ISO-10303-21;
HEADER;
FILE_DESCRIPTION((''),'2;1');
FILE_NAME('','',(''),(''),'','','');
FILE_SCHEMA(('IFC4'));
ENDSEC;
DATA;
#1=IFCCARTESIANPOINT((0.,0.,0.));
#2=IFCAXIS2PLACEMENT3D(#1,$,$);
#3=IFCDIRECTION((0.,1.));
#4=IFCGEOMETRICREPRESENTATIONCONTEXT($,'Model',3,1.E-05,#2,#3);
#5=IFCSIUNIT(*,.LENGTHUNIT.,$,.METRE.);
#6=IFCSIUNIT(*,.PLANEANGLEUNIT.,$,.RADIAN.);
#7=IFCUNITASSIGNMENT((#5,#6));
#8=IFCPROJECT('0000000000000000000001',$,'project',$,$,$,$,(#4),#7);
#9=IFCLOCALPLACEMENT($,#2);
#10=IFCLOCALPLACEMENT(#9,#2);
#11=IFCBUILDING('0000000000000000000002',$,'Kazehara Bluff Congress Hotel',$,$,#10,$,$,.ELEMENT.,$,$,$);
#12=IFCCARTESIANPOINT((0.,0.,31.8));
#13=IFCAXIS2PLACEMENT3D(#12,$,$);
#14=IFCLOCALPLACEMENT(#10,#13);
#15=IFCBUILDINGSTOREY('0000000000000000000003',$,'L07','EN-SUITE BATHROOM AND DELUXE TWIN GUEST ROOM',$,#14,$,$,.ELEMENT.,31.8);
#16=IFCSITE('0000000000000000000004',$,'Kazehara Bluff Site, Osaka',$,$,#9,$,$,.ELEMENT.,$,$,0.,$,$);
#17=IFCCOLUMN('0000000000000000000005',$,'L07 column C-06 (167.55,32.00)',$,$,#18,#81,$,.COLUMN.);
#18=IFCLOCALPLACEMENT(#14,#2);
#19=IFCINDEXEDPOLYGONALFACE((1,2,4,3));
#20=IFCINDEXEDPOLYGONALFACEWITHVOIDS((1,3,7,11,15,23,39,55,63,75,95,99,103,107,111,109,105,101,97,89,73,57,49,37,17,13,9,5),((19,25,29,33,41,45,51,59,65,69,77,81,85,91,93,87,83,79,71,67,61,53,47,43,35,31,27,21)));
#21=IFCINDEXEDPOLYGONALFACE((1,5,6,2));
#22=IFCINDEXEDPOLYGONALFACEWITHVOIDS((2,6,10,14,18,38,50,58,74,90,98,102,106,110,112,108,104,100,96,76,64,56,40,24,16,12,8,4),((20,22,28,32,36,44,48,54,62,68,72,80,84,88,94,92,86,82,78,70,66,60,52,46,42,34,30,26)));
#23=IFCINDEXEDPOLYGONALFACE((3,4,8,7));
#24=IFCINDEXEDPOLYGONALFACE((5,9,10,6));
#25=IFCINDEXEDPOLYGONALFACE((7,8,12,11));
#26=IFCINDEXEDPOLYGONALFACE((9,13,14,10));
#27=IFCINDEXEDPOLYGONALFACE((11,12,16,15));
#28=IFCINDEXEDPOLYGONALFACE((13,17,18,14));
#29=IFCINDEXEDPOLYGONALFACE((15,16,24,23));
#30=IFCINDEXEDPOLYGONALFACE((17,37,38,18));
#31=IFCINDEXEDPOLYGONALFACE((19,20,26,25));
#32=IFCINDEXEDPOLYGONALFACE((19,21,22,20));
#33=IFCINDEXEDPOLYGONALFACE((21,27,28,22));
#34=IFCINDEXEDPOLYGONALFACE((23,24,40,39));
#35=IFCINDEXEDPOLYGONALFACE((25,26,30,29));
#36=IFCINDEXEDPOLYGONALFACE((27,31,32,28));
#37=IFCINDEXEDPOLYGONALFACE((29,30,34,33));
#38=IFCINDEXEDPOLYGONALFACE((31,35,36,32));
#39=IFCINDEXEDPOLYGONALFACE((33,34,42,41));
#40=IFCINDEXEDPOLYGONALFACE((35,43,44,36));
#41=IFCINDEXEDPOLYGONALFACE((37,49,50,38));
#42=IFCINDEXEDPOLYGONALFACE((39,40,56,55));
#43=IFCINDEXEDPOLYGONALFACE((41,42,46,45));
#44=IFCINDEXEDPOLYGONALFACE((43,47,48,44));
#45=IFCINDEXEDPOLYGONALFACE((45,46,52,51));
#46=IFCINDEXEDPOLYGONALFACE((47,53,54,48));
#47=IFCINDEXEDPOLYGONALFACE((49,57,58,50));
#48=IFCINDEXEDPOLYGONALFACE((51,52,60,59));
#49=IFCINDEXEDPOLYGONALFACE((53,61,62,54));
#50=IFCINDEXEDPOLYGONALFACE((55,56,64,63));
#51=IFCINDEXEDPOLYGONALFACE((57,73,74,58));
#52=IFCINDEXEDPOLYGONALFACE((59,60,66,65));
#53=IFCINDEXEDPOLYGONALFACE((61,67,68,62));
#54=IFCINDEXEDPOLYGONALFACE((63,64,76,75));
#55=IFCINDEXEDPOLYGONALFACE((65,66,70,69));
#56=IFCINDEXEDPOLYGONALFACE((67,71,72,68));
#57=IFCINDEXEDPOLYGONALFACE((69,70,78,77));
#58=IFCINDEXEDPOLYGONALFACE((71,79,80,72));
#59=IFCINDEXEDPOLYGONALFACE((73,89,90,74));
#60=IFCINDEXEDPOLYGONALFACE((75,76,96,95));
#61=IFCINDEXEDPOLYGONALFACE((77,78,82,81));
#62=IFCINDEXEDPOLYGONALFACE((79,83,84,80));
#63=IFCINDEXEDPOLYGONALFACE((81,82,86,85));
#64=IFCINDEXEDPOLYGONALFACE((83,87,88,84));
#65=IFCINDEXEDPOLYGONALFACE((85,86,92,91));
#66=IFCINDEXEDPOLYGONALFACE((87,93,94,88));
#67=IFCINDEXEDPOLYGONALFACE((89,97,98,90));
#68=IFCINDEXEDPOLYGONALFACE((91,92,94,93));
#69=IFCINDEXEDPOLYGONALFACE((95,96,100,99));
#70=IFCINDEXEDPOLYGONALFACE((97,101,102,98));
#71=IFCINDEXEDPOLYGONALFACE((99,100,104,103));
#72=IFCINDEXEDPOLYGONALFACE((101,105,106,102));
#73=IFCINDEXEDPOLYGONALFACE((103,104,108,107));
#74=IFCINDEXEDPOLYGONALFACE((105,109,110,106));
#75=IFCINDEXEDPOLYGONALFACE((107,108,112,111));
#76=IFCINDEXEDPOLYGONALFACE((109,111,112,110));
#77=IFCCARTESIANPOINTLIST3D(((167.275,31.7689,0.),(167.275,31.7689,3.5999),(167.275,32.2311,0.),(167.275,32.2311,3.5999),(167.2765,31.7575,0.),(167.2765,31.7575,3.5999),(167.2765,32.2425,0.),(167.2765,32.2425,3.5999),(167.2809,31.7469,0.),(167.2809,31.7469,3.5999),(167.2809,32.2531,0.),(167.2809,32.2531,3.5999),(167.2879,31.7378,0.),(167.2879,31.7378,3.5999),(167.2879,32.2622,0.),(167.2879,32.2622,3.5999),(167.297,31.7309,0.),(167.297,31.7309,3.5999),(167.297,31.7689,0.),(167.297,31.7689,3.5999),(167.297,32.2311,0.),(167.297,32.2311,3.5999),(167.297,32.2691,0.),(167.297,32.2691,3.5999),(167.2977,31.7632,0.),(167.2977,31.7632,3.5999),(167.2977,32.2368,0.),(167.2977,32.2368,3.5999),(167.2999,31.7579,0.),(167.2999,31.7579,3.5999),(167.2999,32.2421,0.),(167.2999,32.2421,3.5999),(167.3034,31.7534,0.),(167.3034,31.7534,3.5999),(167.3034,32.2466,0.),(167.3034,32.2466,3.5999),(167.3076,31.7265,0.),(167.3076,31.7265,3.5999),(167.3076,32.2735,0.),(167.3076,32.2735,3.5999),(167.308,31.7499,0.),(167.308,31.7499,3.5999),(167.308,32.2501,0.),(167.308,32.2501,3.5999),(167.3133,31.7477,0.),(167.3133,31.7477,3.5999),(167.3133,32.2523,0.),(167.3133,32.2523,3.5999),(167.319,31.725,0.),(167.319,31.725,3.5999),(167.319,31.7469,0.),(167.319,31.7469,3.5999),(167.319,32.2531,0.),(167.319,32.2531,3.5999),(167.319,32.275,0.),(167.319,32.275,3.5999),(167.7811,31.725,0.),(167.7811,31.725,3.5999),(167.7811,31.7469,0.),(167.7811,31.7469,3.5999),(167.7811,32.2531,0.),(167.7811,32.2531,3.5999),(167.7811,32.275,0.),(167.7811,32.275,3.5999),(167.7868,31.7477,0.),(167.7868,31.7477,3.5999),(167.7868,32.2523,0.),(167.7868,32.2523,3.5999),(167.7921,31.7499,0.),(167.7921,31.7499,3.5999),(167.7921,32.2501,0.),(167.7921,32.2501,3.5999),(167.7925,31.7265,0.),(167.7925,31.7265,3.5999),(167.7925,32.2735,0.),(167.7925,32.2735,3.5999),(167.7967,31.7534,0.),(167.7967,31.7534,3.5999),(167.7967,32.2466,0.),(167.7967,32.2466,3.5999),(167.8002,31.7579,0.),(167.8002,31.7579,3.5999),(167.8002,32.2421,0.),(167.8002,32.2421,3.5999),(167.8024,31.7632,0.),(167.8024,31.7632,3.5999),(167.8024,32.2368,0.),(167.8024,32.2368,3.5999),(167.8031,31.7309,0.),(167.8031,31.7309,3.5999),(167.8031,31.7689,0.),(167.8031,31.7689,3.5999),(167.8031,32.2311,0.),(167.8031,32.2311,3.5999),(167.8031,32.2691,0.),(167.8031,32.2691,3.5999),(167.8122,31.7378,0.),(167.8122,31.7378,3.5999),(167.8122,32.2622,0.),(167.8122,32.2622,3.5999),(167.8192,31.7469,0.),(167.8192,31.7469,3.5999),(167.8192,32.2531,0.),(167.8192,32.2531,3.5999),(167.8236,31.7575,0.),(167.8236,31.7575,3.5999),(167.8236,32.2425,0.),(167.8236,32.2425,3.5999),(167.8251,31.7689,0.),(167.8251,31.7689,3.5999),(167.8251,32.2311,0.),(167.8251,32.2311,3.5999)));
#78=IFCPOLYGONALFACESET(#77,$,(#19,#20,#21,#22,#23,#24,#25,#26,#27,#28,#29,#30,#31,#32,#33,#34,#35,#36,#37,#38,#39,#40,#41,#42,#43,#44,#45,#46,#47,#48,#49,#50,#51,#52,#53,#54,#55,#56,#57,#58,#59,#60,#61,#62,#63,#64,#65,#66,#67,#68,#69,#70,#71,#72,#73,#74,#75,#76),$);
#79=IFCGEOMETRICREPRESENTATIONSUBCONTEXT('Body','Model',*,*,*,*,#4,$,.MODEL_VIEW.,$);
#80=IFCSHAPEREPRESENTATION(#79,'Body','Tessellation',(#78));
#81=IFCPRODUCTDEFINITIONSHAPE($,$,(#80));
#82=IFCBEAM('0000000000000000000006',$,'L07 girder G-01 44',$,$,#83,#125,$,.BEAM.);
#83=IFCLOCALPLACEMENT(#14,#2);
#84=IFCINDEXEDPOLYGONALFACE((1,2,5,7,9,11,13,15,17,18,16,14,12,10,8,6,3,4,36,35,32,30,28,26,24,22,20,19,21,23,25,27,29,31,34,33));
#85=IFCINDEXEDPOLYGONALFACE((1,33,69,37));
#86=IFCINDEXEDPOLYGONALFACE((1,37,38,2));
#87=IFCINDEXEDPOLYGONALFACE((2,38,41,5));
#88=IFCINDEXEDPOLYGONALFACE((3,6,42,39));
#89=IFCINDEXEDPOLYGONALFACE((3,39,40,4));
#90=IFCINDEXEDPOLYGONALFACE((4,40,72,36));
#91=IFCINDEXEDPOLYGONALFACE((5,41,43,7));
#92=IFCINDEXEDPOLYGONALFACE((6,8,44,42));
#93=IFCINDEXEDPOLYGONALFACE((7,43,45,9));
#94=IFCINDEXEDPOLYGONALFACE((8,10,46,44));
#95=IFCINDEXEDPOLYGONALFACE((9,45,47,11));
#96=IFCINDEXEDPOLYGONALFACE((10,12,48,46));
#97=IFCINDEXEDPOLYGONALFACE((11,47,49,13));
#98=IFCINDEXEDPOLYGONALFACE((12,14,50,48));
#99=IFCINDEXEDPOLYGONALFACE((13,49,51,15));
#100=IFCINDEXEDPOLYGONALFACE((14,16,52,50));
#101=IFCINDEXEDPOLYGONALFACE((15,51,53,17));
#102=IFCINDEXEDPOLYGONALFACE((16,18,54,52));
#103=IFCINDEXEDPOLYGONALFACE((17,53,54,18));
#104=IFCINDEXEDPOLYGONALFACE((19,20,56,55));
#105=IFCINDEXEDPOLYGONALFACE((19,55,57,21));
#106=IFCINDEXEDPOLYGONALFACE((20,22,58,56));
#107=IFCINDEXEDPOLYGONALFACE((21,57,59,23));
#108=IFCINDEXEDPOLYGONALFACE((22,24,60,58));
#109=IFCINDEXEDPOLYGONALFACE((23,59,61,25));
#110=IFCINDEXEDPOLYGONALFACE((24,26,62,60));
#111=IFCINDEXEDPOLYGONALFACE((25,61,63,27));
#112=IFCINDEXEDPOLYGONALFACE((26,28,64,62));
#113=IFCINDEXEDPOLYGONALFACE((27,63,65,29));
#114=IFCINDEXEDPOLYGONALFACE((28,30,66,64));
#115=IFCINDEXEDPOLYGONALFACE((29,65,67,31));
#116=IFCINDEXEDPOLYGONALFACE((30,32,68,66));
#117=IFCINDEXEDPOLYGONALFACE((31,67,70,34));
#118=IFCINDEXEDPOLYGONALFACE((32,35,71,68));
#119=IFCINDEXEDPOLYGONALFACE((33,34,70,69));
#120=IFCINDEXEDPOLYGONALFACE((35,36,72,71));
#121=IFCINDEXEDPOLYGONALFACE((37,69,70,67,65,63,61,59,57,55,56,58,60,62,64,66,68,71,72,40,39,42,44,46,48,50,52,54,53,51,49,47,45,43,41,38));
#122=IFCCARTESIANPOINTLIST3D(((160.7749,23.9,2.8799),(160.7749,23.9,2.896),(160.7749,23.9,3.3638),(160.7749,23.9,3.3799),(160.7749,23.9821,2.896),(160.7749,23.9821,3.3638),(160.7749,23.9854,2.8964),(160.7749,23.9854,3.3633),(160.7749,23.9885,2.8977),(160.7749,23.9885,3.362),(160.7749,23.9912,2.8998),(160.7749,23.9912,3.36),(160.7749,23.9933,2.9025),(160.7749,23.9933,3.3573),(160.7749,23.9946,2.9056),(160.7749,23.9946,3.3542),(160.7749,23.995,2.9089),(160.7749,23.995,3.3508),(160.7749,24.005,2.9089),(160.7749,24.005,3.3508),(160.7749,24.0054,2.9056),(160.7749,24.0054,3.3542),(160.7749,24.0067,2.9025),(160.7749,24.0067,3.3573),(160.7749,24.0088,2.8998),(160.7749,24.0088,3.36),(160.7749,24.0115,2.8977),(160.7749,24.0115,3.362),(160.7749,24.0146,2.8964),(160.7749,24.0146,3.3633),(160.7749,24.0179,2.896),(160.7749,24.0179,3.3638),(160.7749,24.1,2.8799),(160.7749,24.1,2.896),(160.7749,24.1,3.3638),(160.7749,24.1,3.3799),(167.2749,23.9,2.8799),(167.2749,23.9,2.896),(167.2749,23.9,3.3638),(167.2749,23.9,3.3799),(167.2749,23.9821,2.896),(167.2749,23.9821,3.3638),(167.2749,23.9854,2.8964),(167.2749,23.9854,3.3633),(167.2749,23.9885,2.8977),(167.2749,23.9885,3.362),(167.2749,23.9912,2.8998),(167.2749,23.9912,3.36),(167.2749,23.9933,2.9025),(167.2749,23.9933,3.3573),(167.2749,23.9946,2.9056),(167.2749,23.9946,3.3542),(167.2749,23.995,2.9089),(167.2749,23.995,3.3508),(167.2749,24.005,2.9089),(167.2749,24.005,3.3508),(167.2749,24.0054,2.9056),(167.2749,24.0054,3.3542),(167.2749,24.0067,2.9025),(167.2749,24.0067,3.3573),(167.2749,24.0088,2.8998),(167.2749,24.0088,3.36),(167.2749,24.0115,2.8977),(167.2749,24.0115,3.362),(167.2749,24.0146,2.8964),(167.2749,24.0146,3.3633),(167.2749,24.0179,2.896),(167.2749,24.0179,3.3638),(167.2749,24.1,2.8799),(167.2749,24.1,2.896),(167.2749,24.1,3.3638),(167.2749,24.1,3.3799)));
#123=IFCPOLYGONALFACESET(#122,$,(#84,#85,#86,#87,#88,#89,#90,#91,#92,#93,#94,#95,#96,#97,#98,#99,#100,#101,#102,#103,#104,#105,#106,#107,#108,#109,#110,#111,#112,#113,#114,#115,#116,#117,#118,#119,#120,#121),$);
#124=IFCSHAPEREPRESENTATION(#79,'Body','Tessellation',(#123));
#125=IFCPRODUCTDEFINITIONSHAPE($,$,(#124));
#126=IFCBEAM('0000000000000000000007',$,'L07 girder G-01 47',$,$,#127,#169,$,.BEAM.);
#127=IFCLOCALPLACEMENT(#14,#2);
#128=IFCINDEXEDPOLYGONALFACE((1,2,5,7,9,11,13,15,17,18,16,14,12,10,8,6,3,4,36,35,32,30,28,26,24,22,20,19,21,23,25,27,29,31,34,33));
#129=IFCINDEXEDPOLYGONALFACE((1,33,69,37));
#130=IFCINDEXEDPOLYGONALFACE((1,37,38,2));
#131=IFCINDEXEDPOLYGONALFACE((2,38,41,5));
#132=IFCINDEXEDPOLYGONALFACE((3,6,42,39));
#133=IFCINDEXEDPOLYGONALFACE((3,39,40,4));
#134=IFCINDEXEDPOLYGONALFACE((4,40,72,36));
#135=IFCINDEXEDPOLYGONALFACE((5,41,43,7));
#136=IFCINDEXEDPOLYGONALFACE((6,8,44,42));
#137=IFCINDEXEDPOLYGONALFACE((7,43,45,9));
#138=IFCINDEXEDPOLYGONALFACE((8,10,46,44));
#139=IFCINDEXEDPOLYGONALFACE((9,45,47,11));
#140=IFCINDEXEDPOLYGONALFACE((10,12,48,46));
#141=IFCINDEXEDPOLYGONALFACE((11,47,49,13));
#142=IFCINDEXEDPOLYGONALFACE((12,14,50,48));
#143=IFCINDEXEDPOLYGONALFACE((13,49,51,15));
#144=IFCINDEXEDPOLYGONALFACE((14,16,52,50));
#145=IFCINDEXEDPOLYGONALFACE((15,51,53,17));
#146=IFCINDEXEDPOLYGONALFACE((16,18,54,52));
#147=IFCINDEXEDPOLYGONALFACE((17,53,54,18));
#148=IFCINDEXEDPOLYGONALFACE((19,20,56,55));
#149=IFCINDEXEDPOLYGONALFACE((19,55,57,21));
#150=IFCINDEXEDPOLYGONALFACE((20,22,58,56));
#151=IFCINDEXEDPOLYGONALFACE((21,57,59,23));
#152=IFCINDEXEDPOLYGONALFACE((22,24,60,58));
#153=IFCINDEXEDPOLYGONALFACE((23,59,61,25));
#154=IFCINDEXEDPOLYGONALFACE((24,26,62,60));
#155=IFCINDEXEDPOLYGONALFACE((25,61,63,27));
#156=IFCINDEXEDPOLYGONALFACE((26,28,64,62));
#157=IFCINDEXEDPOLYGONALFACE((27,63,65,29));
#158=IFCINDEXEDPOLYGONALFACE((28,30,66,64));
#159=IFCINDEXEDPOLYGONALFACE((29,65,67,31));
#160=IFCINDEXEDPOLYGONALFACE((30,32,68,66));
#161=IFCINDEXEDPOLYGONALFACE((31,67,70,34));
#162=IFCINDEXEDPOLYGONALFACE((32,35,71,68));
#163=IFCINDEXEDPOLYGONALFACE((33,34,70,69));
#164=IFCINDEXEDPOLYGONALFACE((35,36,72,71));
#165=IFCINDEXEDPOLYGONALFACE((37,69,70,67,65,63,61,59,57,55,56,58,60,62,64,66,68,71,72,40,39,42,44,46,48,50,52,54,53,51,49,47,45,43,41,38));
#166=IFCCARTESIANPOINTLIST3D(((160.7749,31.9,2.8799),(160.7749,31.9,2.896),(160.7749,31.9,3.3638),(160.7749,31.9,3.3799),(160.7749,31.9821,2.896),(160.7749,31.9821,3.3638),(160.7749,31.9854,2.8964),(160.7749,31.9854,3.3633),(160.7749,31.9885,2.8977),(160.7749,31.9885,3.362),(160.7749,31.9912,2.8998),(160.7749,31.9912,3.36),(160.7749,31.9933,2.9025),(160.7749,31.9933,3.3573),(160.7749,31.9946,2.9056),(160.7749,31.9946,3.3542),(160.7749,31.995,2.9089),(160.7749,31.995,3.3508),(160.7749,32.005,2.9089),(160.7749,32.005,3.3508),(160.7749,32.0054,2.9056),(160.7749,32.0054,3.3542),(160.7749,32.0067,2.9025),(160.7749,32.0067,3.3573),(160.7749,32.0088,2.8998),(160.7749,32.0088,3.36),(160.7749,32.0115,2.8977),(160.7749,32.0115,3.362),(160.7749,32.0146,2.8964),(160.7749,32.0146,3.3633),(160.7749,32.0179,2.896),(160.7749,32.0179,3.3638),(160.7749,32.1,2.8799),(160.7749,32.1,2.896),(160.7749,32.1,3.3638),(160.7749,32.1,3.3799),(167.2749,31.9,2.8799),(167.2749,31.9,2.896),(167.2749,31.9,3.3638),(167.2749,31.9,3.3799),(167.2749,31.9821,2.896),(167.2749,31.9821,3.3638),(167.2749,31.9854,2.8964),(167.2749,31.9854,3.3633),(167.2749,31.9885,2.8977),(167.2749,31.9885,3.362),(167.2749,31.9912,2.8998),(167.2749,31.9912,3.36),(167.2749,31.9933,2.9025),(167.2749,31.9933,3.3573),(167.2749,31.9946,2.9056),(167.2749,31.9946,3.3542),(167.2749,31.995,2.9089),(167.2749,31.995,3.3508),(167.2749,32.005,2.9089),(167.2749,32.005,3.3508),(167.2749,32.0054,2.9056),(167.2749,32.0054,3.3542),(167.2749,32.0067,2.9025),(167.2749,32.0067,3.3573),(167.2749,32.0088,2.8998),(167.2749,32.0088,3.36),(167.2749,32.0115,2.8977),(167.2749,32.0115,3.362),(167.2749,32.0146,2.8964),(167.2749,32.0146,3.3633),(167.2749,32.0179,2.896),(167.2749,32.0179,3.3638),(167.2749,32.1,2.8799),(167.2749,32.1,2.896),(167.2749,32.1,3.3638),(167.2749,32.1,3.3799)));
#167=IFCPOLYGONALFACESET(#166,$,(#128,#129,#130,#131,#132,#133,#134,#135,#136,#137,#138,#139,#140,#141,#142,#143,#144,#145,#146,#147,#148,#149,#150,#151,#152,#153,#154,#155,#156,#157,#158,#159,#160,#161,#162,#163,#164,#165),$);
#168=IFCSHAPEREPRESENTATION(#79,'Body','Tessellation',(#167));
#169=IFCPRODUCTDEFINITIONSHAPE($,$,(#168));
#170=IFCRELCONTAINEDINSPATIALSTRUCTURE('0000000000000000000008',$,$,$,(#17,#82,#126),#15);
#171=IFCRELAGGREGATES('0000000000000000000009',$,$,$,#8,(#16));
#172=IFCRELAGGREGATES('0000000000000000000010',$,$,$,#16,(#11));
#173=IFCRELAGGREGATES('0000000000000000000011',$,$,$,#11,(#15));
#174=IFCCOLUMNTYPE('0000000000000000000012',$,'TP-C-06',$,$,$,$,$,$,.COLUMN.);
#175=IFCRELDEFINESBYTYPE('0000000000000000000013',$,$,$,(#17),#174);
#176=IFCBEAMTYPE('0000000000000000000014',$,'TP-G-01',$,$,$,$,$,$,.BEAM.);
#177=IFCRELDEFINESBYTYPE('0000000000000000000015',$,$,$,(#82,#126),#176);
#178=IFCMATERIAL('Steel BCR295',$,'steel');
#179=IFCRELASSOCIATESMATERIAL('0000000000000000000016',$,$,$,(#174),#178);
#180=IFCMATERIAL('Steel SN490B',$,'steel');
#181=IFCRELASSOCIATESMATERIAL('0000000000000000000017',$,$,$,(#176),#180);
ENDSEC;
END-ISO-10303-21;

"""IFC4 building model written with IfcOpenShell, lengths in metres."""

from ifc_helpers import new_model, si_unit, direction, frame, origin, origin_2d, place, context, subcontext, project, spatial, hollow_rectangle, i_section, extrude, material, material_profile, profile_set, type_object, element, save


model = new_model("IFC4")

# Units and contexts
model_context = context("Model", 3, precision=1e-05, world=origin(), true_north=direction((0.0, 1.0)))
body_context = subcontext(model_context, "Body", "Model", "MODEL_VIEW")
ifc_project = project(units=[si_unit("LENGTHUNIT", "METRE"), si_unit("PLANEANGLEUNIT", "RADIAN")], contexts=[model_context])

# Site, building, storey
site_placement = place(None, origin())
site = spatial("IfcSite", under=ifc_project, at=site_placement, Name="Kazehara Bluff Site, Osaka", CompositionType="ELEMENT", RefElevation=0.0)
building_placement = place(site_placement, origin())
building = spatial("IfcBuilding", under=site, at=building_placement, Name="Kazehara Bluff Congress Hotel", CompositionType="ELEMENT")
storey_placement = place(building_placement, frame((0.0, 0.0, 31.8)))
storey = spatial("IfcBuildingStorey", under=building, at=storey_placement, Name="L07", Description="EN-SUITE BATHROOM AND DELUXE TWIN GUEST ROOM", CompositionType="ELEMENT", Elevation=31.8)

# Column
ifc_material_1 = material(Name="Steel BCR295", Category="steel")
ifc_material_profile_1 = material_profile(ifc_material_1, hollow_rectangle(XDim=0.55, YDim=0.55, WallThickness=0.022, InnerFilletRadius=0.022, OuterFilletRadius=0.0439, at=origin_2d()))
ifc_profile_set_1 = profile_set([ifc_material_profile_1], Name="Steel BCR295")
column_type = type_object("IfcColumnType", Name="TP-C-06", PredefinedType="COLUMN", material=ifc_profile_set_1)
for number, where, z_axis, x_axis, name in (
    (1, (167.55, 32.0, 0.0), (0.0, 0.0, 1.0), (1.0, 0.0, 0.0), "L07 column C-06 (167.55,32.00)"),
):
    element("IfcColumn", number, at=place(storey_placement, frame(where, z_axis=z_axis, x_axis=x_axis)), inside=storey, type_object=column_type, Name=name, PredefinedType="COLUMN", context=body_context, shape_type="SweptSolid", body=[
        extrude(hollow_rectangle(XDim=0.55, YDim=0.55, WallThickness=0.022, InnerFilletRadius=0.022, OuterFilletRadius=0.0439, at=origin_2d()), origin(), (0.0, 0.0, 1.0), 3.5999),
    ])

# Beams
ifc_material_2 = material(Name="Steel SN490B", Category="steel")
ifc_material_profile_2 = material_profile(ifc_material_2, i_section(OverallWidth=0.2, OverallDepth=0.5, WebThickness=0.01, FlangeThickness=0.0161, FilletRadius=0.0129, at=origin_2d()))
ifc_profile_set_2 = profile_set([ifc_material_profile_2], Name="Steel SN490B")
beam_type_1 = type_object("IfcBeamType", Name="TP-G-01", PredefinedType="BEAM", material=ifc_profile_set_2)
for number, where, z_axis, x_axis, name in (
    (2, (160.7749, 24.0, 3.1299), (1.0, 0.0, 0.0), (0.0, 1.0, 0.0), "L07 girder G-01 44"),
    (3, (160.7749, 32.0, 3.1299), (1.0, 0.0, 0.0), (0.0, 1.0, 0.0), "L07 girder G-01 47"),
):
    element("IfcBeam", number, at=place(storey_placement, frame(where, z_axis=z_axis, x_axis=x_axis)), inside=storey, type_object=beam_type_1, Name=name, PredefinedType="BEAM", context=body_context, shape_type="SweptSolid", body=[
        extrude(i_section(OverallWidth=0.2, OverallDepth=0.5, WebThickness=0.01, FlangeThickness=0.0161, FilletRadius=0.0129, at=origin_2d()), origin(), (0.0, 0.0, 1.0), 6.5),
    ])

save(model, "model.ifc")
